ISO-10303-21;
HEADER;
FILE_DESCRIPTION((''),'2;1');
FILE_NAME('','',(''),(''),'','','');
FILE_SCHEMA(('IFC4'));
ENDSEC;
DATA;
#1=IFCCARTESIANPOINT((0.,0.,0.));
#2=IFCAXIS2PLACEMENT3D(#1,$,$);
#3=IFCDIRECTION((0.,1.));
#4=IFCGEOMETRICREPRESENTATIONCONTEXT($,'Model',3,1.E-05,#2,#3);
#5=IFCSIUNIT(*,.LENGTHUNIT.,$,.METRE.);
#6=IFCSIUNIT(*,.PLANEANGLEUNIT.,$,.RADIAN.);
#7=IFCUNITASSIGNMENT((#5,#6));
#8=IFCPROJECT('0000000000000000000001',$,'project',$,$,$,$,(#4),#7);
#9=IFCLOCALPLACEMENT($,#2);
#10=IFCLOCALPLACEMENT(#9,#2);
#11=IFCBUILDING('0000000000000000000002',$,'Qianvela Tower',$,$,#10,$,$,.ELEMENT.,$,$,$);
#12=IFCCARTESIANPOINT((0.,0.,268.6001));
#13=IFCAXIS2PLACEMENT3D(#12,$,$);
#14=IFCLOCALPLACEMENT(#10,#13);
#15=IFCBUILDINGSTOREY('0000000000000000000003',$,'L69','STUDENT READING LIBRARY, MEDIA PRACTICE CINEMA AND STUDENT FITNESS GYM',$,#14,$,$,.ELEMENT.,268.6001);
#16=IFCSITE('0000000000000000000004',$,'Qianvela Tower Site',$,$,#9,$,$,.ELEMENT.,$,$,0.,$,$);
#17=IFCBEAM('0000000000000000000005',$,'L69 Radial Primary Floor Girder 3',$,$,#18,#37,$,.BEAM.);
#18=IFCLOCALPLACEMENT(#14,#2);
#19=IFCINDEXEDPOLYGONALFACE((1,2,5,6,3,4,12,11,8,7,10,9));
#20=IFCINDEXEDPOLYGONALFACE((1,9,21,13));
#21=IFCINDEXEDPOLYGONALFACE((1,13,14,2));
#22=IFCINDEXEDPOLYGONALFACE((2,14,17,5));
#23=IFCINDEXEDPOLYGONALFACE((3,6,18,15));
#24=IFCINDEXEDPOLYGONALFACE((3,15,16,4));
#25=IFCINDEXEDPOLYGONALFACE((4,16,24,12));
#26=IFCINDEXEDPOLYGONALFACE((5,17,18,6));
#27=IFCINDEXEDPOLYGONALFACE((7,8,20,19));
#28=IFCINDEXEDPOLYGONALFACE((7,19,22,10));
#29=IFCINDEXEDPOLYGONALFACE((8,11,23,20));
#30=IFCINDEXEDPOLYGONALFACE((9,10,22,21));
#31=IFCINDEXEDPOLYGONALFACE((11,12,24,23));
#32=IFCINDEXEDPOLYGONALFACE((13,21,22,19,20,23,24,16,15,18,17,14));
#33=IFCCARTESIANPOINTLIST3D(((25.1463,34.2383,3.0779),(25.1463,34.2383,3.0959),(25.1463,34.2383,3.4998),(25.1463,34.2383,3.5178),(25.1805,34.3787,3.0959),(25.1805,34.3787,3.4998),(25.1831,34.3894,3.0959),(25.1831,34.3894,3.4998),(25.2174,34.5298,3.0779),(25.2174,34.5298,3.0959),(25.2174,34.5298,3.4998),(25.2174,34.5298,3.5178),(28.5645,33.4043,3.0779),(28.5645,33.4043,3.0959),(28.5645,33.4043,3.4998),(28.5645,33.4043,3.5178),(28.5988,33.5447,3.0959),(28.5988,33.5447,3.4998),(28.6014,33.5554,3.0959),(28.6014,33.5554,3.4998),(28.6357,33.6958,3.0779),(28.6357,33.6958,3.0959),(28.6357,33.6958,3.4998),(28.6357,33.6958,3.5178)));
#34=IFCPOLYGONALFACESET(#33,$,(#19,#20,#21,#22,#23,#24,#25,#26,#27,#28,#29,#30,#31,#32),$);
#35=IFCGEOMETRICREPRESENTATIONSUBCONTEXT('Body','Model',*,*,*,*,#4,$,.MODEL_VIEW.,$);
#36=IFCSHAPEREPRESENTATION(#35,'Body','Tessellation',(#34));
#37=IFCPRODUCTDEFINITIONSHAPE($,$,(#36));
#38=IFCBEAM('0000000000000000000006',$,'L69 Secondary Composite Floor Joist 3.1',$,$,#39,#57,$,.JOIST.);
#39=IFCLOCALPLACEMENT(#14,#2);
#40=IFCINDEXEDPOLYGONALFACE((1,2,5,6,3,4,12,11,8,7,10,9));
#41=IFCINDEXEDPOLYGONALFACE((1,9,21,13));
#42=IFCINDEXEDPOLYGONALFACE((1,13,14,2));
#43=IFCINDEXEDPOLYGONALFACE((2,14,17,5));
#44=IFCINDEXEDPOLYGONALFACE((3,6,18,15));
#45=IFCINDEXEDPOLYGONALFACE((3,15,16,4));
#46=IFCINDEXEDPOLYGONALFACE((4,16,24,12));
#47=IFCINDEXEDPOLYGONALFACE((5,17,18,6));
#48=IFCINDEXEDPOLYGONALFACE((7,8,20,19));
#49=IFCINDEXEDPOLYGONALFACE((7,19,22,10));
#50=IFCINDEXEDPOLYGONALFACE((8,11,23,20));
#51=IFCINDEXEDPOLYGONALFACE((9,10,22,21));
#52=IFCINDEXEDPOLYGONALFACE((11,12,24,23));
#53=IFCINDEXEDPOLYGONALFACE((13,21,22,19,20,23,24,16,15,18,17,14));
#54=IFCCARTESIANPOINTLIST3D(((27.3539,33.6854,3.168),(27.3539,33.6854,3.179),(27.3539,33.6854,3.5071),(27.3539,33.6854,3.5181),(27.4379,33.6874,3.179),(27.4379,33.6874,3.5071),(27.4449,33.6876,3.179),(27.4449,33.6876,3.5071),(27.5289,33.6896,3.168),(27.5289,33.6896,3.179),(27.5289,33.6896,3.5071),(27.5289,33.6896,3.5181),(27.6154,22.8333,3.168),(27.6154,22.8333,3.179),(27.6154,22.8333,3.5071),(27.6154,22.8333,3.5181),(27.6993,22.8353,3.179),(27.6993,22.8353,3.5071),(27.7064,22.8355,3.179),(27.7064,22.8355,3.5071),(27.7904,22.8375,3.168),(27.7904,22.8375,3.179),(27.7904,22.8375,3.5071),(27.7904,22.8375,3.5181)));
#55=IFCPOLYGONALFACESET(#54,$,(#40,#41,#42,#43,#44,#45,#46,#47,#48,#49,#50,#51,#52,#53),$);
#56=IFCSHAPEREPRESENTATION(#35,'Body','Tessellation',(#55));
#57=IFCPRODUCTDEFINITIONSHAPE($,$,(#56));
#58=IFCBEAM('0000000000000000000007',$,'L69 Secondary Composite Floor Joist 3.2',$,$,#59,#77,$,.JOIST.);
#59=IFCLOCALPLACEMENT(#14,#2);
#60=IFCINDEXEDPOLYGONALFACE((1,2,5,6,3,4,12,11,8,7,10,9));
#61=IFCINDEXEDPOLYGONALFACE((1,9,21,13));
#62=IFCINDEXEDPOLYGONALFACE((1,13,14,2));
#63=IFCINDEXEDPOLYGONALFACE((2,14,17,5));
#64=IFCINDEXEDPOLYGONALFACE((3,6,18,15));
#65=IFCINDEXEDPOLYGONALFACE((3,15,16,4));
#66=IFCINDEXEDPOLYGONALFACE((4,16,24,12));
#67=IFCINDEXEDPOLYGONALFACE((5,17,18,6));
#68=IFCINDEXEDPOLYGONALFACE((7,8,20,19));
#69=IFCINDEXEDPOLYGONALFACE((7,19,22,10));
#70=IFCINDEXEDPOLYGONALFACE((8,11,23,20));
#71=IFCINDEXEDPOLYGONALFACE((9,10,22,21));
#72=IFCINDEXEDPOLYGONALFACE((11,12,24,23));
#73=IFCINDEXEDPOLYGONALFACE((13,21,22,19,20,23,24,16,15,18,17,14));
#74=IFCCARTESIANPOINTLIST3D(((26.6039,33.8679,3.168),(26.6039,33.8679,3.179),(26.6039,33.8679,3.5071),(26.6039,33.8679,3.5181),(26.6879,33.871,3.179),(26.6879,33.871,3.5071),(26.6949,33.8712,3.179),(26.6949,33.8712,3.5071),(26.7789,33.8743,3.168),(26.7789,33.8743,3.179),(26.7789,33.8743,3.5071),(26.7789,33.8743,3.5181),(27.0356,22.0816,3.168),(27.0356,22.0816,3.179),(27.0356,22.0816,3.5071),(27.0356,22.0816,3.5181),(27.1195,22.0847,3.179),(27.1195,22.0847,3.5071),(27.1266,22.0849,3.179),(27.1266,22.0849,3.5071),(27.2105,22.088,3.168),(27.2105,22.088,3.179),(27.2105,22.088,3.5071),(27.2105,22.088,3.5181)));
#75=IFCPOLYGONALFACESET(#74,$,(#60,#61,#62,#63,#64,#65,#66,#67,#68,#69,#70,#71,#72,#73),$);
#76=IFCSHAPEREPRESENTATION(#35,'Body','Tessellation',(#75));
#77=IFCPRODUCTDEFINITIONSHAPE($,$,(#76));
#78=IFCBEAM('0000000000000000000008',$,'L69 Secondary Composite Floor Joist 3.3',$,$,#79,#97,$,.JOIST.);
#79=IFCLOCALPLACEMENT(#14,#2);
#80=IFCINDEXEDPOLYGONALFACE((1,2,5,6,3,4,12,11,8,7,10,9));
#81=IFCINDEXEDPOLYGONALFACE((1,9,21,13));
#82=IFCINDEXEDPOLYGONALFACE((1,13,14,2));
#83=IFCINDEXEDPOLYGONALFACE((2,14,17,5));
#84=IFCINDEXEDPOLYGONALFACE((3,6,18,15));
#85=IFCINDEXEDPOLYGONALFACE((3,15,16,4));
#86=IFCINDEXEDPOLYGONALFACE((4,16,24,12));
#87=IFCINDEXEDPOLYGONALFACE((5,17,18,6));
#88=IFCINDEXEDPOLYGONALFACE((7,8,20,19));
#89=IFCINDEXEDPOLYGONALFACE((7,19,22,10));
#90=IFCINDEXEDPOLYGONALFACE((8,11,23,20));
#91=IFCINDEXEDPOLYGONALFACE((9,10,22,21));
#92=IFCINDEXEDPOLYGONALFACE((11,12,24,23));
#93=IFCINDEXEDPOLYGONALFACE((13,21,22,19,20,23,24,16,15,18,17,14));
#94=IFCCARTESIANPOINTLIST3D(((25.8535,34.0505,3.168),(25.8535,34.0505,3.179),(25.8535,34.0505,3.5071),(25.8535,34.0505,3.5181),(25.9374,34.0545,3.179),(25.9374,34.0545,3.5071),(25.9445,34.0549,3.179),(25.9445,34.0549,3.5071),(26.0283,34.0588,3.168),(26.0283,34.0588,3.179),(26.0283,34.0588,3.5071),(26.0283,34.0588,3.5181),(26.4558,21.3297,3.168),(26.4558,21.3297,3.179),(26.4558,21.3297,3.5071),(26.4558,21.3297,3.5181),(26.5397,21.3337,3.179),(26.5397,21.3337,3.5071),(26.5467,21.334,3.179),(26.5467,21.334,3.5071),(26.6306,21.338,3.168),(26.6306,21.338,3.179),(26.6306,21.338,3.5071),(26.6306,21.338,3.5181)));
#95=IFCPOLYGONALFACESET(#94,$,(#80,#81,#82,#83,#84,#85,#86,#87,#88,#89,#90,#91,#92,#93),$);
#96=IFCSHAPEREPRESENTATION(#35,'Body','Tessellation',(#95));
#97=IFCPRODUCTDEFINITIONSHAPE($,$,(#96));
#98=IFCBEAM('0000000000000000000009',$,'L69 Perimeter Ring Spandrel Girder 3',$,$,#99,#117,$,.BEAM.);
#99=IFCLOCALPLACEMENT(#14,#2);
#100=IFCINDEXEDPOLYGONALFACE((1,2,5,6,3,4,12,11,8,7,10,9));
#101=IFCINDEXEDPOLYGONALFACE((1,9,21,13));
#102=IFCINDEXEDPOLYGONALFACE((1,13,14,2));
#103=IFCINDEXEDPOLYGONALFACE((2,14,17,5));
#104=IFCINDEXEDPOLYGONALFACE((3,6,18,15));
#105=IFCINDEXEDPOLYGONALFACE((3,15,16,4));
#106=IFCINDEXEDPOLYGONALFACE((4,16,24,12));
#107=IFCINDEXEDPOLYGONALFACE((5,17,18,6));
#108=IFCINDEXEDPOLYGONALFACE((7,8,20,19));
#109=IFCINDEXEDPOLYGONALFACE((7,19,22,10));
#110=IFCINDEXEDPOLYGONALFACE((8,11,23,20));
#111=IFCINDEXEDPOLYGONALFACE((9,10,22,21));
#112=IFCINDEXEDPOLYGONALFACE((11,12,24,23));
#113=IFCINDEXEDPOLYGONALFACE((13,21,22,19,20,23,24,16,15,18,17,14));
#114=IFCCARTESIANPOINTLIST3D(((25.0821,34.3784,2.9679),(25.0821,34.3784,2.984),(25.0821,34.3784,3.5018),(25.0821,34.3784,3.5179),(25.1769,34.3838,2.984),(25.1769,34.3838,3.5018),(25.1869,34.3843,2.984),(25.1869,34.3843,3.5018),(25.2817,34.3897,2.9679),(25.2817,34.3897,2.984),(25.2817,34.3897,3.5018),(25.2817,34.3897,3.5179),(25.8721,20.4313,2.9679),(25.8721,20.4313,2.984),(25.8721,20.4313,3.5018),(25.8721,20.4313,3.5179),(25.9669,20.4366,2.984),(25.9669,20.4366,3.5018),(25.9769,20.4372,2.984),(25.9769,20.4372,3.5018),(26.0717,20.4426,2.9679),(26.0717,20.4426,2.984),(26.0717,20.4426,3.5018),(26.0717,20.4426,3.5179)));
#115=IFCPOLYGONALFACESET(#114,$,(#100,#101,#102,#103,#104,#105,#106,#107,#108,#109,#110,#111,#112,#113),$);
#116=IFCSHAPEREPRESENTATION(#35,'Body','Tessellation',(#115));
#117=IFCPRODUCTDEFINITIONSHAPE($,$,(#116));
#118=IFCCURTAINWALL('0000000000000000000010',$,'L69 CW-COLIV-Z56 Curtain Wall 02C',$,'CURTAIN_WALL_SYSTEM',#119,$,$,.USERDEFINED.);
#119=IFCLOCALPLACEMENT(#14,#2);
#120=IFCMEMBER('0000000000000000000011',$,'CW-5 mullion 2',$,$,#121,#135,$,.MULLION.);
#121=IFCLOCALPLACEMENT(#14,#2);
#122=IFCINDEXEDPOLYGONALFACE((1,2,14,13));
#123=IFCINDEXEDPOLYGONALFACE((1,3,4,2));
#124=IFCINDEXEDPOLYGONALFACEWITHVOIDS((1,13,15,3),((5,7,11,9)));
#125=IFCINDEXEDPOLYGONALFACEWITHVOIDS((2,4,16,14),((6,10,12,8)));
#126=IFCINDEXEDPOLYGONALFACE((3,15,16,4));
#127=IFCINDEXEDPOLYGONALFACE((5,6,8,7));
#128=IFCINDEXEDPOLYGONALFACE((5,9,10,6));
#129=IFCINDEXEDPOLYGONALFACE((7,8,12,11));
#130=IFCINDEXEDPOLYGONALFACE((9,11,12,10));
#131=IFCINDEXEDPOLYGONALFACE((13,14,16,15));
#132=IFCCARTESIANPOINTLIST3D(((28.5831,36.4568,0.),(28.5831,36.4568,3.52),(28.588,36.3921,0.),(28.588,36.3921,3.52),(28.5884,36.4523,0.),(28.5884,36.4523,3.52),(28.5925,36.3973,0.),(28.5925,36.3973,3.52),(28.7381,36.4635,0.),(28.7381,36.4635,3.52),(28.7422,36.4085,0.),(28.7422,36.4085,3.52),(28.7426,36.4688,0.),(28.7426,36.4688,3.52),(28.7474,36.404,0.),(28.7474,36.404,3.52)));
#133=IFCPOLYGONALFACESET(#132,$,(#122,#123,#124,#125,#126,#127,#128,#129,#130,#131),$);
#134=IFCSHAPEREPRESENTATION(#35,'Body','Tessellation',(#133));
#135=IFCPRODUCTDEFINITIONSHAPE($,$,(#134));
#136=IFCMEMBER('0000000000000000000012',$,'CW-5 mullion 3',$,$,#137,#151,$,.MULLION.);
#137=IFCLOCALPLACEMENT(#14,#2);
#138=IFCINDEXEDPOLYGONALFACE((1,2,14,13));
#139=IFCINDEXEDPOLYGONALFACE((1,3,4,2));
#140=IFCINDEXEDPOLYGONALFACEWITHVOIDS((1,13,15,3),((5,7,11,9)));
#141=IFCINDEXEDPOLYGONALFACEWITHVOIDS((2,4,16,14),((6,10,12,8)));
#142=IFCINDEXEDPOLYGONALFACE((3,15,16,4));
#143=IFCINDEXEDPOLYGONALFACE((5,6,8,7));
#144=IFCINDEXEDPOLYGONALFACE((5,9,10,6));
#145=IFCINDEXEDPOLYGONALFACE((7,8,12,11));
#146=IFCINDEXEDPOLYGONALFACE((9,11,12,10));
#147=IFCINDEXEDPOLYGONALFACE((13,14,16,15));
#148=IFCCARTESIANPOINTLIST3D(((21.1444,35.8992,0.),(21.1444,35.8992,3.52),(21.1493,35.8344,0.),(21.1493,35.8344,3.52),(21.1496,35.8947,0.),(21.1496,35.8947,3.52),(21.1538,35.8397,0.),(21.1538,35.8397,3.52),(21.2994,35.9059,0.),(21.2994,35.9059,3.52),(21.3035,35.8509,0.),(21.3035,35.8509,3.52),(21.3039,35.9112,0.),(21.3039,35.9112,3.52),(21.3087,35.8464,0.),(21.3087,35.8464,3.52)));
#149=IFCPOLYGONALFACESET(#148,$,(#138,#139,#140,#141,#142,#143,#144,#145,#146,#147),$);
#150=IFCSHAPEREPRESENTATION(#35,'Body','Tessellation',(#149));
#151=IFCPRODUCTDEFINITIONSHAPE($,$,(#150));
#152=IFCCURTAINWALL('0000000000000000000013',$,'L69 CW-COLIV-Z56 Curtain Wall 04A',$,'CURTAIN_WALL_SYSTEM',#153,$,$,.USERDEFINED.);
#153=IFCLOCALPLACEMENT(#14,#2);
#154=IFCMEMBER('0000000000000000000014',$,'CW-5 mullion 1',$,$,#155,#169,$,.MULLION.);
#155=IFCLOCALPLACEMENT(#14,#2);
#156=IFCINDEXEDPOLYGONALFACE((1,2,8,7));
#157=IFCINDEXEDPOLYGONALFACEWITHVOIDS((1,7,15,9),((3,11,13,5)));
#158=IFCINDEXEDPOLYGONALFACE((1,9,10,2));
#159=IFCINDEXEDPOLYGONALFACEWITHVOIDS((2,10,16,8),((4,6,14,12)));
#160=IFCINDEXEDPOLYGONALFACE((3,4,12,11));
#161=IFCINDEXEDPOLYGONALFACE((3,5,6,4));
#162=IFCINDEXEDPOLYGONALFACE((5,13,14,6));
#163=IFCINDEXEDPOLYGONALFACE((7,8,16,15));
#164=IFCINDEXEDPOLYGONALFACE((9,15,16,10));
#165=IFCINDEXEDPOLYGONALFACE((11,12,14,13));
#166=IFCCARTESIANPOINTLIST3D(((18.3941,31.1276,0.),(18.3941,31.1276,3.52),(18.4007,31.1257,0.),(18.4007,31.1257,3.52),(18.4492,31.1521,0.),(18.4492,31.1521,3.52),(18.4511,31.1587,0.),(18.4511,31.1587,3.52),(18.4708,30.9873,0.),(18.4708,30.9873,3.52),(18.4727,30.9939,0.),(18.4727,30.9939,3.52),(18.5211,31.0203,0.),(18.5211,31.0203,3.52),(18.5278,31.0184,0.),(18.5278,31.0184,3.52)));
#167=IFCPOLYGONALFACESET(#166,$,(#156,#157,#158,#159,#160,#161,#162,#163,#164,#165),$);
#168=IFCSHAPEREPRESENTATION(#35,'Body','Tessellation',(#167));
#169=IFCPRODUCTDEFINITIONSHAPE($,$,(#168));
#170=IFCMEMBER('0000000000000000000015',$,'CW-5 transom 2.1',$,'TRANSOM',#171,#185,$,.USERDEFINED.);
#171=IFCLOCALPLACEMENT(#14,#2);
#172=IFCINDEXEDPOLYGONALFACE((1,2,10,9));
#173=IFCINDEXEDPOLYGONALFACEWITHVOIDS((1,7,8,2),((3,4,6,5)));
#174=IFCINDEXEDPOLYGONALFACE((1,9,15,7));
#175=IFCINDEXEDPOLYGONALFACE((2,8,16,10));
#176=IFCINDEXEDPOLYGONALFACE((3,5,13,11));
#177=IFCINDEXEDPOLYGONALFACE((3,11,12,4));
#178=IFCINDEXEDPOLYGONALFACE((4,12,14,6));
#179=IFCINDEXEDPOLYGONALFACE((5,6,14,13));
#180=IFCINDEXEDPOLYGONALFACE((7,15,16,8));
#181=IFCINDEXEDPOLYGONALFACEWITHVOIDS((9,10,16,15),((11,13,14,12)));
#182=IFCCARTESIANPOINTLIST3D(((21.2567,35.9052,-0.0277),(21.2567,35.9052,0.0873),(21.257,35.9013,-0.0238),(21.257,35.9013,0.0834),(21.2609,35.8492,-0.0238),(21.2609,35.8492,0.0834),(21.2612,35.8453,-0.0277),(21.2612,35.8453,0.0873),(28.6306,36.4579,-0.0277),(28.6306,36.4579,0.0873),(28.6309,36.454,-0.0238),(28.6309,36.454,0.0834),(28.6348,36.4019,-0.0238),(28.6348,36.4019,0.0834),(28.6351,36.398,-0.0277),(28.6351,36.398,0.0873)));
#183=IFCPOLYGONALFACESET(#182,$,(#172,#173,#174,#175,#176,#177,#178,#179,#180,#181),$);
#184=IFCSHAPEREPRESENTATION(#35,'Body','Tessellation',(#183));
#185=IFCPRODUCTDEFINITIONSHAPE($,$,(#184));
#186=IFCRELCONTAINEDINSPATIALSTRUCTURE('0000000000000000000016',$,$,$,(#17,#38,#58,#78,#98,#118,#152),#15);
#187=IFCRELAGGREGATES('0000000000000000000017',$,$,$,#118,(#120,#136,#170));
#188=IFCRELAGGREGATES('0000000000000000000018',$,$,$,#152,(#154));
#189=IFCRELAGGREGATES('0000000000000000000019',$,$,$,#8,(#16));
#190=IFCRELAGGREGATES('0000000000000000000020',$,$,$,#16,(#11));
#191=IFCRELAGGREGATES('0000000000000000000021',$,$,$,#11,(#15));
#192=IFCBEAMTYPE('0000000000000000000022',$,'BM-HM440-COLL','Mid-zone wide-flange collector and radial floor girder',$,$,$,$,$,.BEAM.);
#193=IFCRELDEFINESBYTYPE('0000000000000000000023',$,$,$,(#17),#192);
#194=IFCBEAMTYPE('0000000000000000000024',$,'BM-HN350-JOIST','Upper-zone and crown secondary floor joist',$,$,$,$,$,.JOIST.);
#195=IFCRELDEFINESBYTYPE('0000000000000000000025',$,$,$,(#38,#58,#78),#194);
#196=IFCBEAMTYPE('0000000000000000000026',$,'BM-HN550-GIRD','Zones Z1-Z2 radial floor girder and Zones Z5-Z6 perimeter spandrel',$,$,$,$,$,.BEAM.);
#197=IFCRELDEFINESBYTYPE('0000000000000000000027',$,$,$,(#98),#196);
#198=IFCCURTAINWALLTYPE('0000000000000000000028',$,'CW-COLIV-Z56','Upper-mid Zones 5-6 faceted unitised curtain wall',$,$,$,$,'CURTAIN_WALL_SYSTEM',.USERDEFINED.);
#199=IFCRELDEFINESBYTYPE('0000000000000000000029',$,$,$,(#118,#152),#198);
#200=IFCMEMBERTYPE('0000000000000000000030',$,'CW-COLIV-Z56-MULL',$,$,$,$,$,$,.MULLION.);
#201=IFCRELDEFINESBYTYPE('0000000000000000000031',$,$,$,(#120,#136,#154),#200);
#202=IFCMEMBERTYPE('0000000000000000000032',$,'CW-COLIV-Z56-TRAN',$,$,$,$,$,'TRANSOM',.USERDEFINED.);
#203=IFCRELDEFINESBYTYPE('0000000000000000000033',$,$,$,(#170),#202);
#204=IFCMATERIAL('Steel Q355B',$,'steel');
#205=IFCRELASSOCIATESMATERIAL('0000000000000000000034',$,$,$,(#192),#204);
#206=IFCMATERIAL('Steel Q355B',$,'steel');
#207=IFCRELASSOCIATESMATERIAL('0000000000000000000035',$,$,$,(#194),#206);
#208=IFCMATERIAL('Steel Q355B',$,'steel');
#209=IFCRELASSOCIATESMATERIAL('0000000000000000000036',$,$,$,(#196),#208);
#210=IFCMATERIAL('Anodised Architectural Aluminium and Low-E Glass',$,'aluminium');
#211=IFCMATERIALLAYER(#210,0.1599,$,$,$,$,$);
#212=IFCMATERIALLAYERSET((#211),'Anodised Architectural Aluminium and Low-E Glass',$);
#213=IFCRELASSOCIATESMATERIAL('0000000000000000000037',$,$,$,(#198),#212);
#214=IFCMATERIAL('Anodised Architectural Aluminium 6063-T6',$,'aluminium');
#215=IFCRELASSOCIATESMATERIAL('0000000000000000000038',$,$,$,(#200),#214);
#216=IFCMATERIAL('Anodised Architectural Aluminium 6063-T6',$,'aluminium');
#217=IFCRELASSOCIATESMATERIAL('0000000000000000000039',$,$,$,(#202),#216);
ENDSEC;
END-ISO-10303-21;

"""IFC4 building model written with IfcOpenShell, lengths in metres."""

from ifc_helpers import new_model, si_unit, direction, frame, origin, origin_2d, place, context, subcontext, project, spatial, hollow_rectangle, i_section, extrude, material, layer, layer_set, material_profile, profile_set, type_object, element, aggregate, save


model = new_model("IFC4")

# Units and contexts
model_context = context("Model", 3, precision=1e-05, world=origin(), true_north=direction((0.0, 1.0)))
body_context = subcontext(model_context, "Body", "Model", "MODEL_VIEW")
ifc_project = project(units=[si_unit("LENGTHUNIT", "METRE"), si_unit("PLANEANGLEUNIT", "RADIAN")], contexts=[model_context])

# Site, building, storey
site_placement = place(None, origin())
site = spatial("IfcSite", under=ifc_project, at=site_placement, Name="Qianvela Tower Site", CompositionType="ELEMENT", RefElevation=0.0)
building_placement = place(site_placement, origin())
building = spatial("IfcBuilding", under=site, at=building_placement, Name="Qianvela Tower", CompositionType="ELEMENT")
storey_placement = place(building_placement, frame((0.0, 0.0, 268.6001)))
storey = spatial("IfcBuildingStorey", under=building, at=storey_placement, Name="L69", Description="STUDENT READING LIBRARY, MEDIA PRACTICE CINEMA AND STUDENT FITNESS GYM", CompositionType="ELEMENT", Elevation=268.6001)

# Beams
ifc_material_1 = material(Name="Steel Q355B", Category="steel")
ifc_material_profile_1 = material_profile(ifc_material_1, i_section(OverallWidth=0.3, OverallDepth=0.4399, WebThickness=0.011, FlangeThickness=0.0181, at=origin_2d()), Name="HM440x300x11x18")
ifc_profile_set_1 = profile_set([ifc_material_profile_1], Name="Steel Q355B")
beam_type_1 = type_object("IfcBeamType", Name="BM-HM440-COLL", Description="Mid-zone wide-flange collector and radial floor girder", PredefinedType="BEAM", material=ifc_profile_set_1)
beam_1_placement = place(storey_placement, frame((28.6001, 33.55, 3.2979), z_axis=(-0.971502, 0.23703, 0.0), x_axis=(-0.23703, -0.971502, 0.0)))
element("IfcBeam", 1, at=beam_1_placement, inside=storey, type_object=beam_type_1, Name="L69 Radial Primary Floor Girder 3", PredefinedType="BEAM", context=body_context, shape_type="SweptSolid", body=[
    extrude(i_section(OverallWidth=0.3, OverallDepth=0.4399, WebThickness=0.011, FlangeThickness=0.0181, at=origin_2d()), origin(), (0.0, 0.0, 1.0), 3.5186),
])
ifc_material_2 = material(Name="Steel Q355B", Category="steel")
ifc_material_profile_2 = material_profile(ifc_material_2, i_section(OverallWidth=0.175, OverallDepth=0.3501, WebThickness=0.0071, FlangeThickness=0.011, at=origin_2d()), Name="HN350x175x7x11")
ifc_profile_set_2 = profile_set([ifc_material_profile_2], Name="Steel Q355B")
beam_type_2 = type_object("IfcBeamType", Name="BM-HN350-JOIST", Description="Upper-zone and crown secondary floor joist", PredefinedType="JOIST", material=ifc_profile_set_2)
beam_2_placement = place(storey_placement, frame((27.4414, 33.6875, 3.343), z_axis=(0.024087, -0.99971, 0.0), x_axis=(0.99971, 0.024087, 0.0)))
element("IfcBeam", 2, at=beam_2_placement, inside=storey, type_object=beam_type_2, Name="L69 Secondary Composite Floor Joist 3.1", PredefinedType="JOIST", context=body_context, shape_type="SweptSolid", body=[
    extrude(i_section(OverallWidth=0.175, OverallDepth=0.3501, WebThickness=0.0071, FlangeThickness=0.011, at=origin_2d()), origin(), (0.0, 0.0, 1.0), 10.8552),
])
beam_3_placement = place(storey_placement, frame((26.6914, 33.8711, 3.343), z_axis=(0.036597, -0.99933, 0.0), x_axis=(0.99933, 0.036597, 0.0)))
element("IfcBeam", 3, at=beam_3_placement, inside=storey, type_object=beam_type_2, Name="L69 Secondary Composite Floor Joist 3.2", PredefinedType="JOIST", context=body_context, shape_type="SweptSolid", body=[
    extrude(i_section(OverallWidth=0.175, OverallDepth=0.3501, WebThickness=0.0071, FlangeThickness=0.011, at=origin_2d()), origin(), (0.0, 0.0, 1.0), 11.7942),
])
beam_4_placement = place(storey_placement, frame((25.9409, 34.0547, 3.343), z_axis=(0.047294, -0.998881, 0.0), x_axis=(0.998881, 0.047294, 0.0)))
element("IfcBeam", 4, at=beam_4_placement, inside=storey, type_object=beam_type_2, Name="L69 Secondary Composite Floor Joist 3.3", PredefinedType="JOIST", context=body_context, shape_type="SweptSolid", body=[
    extrude(i_section(OverallWidth=0.175, OverallDepth=0.3501, WebThickness=0.0071, FlangeThickness=0.011, at=origin_2d()), origin(), (0.0, 0.0, 1.0), 12.7351),
])
ifc_material_3 = material(Name="Steel Q355B", Category="steel")
ifc_material_profile_3 = material_profile(ifc_material_3, i_section(OverallWidth=0.2, OverallDepth=0.55, WebThickness=0.01, FlangeThickness=0.0161, at=origin_2d()), Name="HN550x200x10x16")
ifc_profile_set_3 = profile_set([ifc_material_profile_3], Name="Steel Q355B")
beam_type_3 = type_object("IfcBeamType", Name="BM-HN550-GIRD", Description="Zones Z1-Z2 radial floor girder and Zones Z5-Z6 perimeter spandrel", PredefinedType="BEAM", material=ifc_profile_set_3)
beam_5_placement = place(storey_placement, frame((25.1819, 34.384, 3.2429), z_axis=(0.056555, -0.998399, 0.0), x_axis=(0.998399, 0.056555, 0.0)))
element("IfcBeam", 5, at=beam_5_placement, inside=storey, type_object=beam_type_3, Name="L69 Perimeter Ring Spandrel Girder 3", PredefinedType="BEAM", context=body_context, shape_type="SweptSolid", body=[
    extrude(i_section(OverallWidth=0.2, OverallDepth=0.55, WebThickness=0.01, FlangeThickness=0.0161, at=origin_2d()), origin(), (0.0, 0.0, 1.0), 13.9695),
])

# Curtain wall, members
ifc_material_4 = material(Name="Anodised Architectural Aluminium and Low-E Glass", Category="aluminium")
ifc_layer_1 = layer(ifc_material_4, 0.1599)
ifc_layer_set_1 = layer_set([ifc_layer_1], Name="Anodised Architectural Aluminium and Low-E Glass")
curtain_wall_type = type_object("IfcCurtainWallType", Name="CW-COLIV-Z56", Description="Upper-mid Zones 5-6 faceted unitised curtain wall", ElementType="CURTAIN_WALL_SYSTEM", PredefinedType="USERDEFINED", material=ifc_layer_set_1)
curtain_wall_1_placement = place(storey_placement, origin())
curtain_wall_1 = element("IfcCurtainWall", 6, at=curtain_wall_1_placement, inside=storey, type_object=curtain_wall_type, Name="L69 CW-COLIV-Z56 Curtain Wall 02C", ObjectType="CURTAIN_WALL_SYSTEM", PredefinedType="USERDEFINED")
ifc_material_5 = material(Name="Anodised Architectural Aluminium 6063-T6", Category="aluminium")
ifc_material_profile_4 = material_profile(ifc_material_5, hollow_rectangle(XDim=0.0649, YDim=0.1599, WallThickness=0.0049, at=origin_2d()), Name="ALU-MULL-65x160")
ifc_profile_set_4 = profile_set([ifc_material_profile_4], Name="Anodised Architectural Aluminium 6063-T6")
member_type_1 = type_object("IfcMemberType", Name="CW-COLIV-Z56-MULL", PredefinedType="MULLION", material=ifc_profile_set_4)
member_1_placement = place(storey_placement, frame((28.6653, 36.4304, 0.0), z_axis=(0.0, 0.0, 1.0), x_axis=(0.074753, -0.997202, 0.0)))
member_1 = element("IfcMember", 7, at=member_1_placement, type_object=member_type_1, Name="CW-5 mullion 2", PredefinedType="MULLION", context=body_context, shape_type="SweptSolid", body=[
    extrude(hollow_rectangle(XDim=0.0649, YDim=0.1599, WallThickness=0.0049, at=origin_2d()), origin(), (0.0, 0.0, 1.0), 3.52),
])
member_2_placement = place(storey_placement, frame((21.2266, 35.8728, 0.0), z_axis=(0.0, 0.0, 1.0), x_axis=(0.074753, -0.997202, 0.0)))
member_2 = element("IfcMember", 8, at=member_2_placement, type_object=member_type_1, Name="CW-5 mullion 3", PredefinedType="MULLION", context=body_context, shape_type="SweptSolid", body=[
    extrude(hollow_rectangle(XDim=0.0649, YDim=0.1599, WallThickness=0.0049, at=origin_2d()), origin(), (0.0, 0.0, 1.0), 3.52),
])

# Curtain wall, member
curtain_wall_2_placement = place(storey_placement, origin())
curtain_wall_2 = element("IfcCurtainWall", 9, at=curtain_wall_2_placement, inside=storey, type_object=curtain_wall_type, Name="L69 CW-COLIV-Z56 Curtain Wall 04A", ObjectType="CURTAIN_WALL_SYSTEM", PredefinedType="USERDEFINED")
member_3_placement = place(storey_placement, frame((18.4609, 31.073, 0.0), z_axis=(0.0, 0.0, 1.0), x_axis=(0.877647, 0.479307, 0.0)))
member_3 = element("IfcMember", 10, at=member_3_placement, type_object=member_type_1, Name="CW-5 mullion 1", PredefinedType="MULLION", context=body_context, shape_type="SweptSolid", body=[
    extrude(hollow_rectangle(XDim=0.0649, YDim=0.1599, WallThickness=0.0049, at=origin_2d()), origin(), (0.0, 0.0, 1.0), 3.52),
])

# Member
ifc_material_6 = material(Name="Anodised Architectural Aluminium 6063-T6", Category="aluminium")
ifc_material_profile_5 = material_profile(ifc_material_6, hollow_rectangle(XDim=0.0601, YDim=0.115, WallThickness=0.0039, at=origin_2d()), Name="ALU-TRAN-60x115")
ifc_profile_set_5 = profile_set([ifc_material_profile_5], Name="Anodised Architectural Aluminium 6063-T6")
member_type_2 = type_object("IfcMemberType", Name="CW-COLIV-Z56-TRAN", ElementType="TRANSOM", PredefinedType="USERDEFINED", material=ifc_profile_set_5)
member_4_placement = place(storey_placement, frame((28.6328, 36.428, 0.0298), z_axis=(-0.997202, -0.07475, 0.0), x_axis=(0.07475, -0.997202, 0.0)))
member_4 = element("IfcMember", 11, at=member_4_placement, type_object=member_type_2, Name="CW-5 transom 2.1", ObjectType="TRANSOM", PredefinedType="USERDEFINED", context=body_context, shape_type="SweptSolid", body=[
    extrude(hollow_rectangle(XDim=0.0601, YDim=0.115, WallThickness=0.0039, at=origin_2d()), origin(), (0.0, 0.0, 1.0), 7.3945),
])

aggregate(curtain_wall_1, [member_1, member_2, member_4])
aggregate(curtain_wall_2, [member_3])

save(model, "model.ifc")
